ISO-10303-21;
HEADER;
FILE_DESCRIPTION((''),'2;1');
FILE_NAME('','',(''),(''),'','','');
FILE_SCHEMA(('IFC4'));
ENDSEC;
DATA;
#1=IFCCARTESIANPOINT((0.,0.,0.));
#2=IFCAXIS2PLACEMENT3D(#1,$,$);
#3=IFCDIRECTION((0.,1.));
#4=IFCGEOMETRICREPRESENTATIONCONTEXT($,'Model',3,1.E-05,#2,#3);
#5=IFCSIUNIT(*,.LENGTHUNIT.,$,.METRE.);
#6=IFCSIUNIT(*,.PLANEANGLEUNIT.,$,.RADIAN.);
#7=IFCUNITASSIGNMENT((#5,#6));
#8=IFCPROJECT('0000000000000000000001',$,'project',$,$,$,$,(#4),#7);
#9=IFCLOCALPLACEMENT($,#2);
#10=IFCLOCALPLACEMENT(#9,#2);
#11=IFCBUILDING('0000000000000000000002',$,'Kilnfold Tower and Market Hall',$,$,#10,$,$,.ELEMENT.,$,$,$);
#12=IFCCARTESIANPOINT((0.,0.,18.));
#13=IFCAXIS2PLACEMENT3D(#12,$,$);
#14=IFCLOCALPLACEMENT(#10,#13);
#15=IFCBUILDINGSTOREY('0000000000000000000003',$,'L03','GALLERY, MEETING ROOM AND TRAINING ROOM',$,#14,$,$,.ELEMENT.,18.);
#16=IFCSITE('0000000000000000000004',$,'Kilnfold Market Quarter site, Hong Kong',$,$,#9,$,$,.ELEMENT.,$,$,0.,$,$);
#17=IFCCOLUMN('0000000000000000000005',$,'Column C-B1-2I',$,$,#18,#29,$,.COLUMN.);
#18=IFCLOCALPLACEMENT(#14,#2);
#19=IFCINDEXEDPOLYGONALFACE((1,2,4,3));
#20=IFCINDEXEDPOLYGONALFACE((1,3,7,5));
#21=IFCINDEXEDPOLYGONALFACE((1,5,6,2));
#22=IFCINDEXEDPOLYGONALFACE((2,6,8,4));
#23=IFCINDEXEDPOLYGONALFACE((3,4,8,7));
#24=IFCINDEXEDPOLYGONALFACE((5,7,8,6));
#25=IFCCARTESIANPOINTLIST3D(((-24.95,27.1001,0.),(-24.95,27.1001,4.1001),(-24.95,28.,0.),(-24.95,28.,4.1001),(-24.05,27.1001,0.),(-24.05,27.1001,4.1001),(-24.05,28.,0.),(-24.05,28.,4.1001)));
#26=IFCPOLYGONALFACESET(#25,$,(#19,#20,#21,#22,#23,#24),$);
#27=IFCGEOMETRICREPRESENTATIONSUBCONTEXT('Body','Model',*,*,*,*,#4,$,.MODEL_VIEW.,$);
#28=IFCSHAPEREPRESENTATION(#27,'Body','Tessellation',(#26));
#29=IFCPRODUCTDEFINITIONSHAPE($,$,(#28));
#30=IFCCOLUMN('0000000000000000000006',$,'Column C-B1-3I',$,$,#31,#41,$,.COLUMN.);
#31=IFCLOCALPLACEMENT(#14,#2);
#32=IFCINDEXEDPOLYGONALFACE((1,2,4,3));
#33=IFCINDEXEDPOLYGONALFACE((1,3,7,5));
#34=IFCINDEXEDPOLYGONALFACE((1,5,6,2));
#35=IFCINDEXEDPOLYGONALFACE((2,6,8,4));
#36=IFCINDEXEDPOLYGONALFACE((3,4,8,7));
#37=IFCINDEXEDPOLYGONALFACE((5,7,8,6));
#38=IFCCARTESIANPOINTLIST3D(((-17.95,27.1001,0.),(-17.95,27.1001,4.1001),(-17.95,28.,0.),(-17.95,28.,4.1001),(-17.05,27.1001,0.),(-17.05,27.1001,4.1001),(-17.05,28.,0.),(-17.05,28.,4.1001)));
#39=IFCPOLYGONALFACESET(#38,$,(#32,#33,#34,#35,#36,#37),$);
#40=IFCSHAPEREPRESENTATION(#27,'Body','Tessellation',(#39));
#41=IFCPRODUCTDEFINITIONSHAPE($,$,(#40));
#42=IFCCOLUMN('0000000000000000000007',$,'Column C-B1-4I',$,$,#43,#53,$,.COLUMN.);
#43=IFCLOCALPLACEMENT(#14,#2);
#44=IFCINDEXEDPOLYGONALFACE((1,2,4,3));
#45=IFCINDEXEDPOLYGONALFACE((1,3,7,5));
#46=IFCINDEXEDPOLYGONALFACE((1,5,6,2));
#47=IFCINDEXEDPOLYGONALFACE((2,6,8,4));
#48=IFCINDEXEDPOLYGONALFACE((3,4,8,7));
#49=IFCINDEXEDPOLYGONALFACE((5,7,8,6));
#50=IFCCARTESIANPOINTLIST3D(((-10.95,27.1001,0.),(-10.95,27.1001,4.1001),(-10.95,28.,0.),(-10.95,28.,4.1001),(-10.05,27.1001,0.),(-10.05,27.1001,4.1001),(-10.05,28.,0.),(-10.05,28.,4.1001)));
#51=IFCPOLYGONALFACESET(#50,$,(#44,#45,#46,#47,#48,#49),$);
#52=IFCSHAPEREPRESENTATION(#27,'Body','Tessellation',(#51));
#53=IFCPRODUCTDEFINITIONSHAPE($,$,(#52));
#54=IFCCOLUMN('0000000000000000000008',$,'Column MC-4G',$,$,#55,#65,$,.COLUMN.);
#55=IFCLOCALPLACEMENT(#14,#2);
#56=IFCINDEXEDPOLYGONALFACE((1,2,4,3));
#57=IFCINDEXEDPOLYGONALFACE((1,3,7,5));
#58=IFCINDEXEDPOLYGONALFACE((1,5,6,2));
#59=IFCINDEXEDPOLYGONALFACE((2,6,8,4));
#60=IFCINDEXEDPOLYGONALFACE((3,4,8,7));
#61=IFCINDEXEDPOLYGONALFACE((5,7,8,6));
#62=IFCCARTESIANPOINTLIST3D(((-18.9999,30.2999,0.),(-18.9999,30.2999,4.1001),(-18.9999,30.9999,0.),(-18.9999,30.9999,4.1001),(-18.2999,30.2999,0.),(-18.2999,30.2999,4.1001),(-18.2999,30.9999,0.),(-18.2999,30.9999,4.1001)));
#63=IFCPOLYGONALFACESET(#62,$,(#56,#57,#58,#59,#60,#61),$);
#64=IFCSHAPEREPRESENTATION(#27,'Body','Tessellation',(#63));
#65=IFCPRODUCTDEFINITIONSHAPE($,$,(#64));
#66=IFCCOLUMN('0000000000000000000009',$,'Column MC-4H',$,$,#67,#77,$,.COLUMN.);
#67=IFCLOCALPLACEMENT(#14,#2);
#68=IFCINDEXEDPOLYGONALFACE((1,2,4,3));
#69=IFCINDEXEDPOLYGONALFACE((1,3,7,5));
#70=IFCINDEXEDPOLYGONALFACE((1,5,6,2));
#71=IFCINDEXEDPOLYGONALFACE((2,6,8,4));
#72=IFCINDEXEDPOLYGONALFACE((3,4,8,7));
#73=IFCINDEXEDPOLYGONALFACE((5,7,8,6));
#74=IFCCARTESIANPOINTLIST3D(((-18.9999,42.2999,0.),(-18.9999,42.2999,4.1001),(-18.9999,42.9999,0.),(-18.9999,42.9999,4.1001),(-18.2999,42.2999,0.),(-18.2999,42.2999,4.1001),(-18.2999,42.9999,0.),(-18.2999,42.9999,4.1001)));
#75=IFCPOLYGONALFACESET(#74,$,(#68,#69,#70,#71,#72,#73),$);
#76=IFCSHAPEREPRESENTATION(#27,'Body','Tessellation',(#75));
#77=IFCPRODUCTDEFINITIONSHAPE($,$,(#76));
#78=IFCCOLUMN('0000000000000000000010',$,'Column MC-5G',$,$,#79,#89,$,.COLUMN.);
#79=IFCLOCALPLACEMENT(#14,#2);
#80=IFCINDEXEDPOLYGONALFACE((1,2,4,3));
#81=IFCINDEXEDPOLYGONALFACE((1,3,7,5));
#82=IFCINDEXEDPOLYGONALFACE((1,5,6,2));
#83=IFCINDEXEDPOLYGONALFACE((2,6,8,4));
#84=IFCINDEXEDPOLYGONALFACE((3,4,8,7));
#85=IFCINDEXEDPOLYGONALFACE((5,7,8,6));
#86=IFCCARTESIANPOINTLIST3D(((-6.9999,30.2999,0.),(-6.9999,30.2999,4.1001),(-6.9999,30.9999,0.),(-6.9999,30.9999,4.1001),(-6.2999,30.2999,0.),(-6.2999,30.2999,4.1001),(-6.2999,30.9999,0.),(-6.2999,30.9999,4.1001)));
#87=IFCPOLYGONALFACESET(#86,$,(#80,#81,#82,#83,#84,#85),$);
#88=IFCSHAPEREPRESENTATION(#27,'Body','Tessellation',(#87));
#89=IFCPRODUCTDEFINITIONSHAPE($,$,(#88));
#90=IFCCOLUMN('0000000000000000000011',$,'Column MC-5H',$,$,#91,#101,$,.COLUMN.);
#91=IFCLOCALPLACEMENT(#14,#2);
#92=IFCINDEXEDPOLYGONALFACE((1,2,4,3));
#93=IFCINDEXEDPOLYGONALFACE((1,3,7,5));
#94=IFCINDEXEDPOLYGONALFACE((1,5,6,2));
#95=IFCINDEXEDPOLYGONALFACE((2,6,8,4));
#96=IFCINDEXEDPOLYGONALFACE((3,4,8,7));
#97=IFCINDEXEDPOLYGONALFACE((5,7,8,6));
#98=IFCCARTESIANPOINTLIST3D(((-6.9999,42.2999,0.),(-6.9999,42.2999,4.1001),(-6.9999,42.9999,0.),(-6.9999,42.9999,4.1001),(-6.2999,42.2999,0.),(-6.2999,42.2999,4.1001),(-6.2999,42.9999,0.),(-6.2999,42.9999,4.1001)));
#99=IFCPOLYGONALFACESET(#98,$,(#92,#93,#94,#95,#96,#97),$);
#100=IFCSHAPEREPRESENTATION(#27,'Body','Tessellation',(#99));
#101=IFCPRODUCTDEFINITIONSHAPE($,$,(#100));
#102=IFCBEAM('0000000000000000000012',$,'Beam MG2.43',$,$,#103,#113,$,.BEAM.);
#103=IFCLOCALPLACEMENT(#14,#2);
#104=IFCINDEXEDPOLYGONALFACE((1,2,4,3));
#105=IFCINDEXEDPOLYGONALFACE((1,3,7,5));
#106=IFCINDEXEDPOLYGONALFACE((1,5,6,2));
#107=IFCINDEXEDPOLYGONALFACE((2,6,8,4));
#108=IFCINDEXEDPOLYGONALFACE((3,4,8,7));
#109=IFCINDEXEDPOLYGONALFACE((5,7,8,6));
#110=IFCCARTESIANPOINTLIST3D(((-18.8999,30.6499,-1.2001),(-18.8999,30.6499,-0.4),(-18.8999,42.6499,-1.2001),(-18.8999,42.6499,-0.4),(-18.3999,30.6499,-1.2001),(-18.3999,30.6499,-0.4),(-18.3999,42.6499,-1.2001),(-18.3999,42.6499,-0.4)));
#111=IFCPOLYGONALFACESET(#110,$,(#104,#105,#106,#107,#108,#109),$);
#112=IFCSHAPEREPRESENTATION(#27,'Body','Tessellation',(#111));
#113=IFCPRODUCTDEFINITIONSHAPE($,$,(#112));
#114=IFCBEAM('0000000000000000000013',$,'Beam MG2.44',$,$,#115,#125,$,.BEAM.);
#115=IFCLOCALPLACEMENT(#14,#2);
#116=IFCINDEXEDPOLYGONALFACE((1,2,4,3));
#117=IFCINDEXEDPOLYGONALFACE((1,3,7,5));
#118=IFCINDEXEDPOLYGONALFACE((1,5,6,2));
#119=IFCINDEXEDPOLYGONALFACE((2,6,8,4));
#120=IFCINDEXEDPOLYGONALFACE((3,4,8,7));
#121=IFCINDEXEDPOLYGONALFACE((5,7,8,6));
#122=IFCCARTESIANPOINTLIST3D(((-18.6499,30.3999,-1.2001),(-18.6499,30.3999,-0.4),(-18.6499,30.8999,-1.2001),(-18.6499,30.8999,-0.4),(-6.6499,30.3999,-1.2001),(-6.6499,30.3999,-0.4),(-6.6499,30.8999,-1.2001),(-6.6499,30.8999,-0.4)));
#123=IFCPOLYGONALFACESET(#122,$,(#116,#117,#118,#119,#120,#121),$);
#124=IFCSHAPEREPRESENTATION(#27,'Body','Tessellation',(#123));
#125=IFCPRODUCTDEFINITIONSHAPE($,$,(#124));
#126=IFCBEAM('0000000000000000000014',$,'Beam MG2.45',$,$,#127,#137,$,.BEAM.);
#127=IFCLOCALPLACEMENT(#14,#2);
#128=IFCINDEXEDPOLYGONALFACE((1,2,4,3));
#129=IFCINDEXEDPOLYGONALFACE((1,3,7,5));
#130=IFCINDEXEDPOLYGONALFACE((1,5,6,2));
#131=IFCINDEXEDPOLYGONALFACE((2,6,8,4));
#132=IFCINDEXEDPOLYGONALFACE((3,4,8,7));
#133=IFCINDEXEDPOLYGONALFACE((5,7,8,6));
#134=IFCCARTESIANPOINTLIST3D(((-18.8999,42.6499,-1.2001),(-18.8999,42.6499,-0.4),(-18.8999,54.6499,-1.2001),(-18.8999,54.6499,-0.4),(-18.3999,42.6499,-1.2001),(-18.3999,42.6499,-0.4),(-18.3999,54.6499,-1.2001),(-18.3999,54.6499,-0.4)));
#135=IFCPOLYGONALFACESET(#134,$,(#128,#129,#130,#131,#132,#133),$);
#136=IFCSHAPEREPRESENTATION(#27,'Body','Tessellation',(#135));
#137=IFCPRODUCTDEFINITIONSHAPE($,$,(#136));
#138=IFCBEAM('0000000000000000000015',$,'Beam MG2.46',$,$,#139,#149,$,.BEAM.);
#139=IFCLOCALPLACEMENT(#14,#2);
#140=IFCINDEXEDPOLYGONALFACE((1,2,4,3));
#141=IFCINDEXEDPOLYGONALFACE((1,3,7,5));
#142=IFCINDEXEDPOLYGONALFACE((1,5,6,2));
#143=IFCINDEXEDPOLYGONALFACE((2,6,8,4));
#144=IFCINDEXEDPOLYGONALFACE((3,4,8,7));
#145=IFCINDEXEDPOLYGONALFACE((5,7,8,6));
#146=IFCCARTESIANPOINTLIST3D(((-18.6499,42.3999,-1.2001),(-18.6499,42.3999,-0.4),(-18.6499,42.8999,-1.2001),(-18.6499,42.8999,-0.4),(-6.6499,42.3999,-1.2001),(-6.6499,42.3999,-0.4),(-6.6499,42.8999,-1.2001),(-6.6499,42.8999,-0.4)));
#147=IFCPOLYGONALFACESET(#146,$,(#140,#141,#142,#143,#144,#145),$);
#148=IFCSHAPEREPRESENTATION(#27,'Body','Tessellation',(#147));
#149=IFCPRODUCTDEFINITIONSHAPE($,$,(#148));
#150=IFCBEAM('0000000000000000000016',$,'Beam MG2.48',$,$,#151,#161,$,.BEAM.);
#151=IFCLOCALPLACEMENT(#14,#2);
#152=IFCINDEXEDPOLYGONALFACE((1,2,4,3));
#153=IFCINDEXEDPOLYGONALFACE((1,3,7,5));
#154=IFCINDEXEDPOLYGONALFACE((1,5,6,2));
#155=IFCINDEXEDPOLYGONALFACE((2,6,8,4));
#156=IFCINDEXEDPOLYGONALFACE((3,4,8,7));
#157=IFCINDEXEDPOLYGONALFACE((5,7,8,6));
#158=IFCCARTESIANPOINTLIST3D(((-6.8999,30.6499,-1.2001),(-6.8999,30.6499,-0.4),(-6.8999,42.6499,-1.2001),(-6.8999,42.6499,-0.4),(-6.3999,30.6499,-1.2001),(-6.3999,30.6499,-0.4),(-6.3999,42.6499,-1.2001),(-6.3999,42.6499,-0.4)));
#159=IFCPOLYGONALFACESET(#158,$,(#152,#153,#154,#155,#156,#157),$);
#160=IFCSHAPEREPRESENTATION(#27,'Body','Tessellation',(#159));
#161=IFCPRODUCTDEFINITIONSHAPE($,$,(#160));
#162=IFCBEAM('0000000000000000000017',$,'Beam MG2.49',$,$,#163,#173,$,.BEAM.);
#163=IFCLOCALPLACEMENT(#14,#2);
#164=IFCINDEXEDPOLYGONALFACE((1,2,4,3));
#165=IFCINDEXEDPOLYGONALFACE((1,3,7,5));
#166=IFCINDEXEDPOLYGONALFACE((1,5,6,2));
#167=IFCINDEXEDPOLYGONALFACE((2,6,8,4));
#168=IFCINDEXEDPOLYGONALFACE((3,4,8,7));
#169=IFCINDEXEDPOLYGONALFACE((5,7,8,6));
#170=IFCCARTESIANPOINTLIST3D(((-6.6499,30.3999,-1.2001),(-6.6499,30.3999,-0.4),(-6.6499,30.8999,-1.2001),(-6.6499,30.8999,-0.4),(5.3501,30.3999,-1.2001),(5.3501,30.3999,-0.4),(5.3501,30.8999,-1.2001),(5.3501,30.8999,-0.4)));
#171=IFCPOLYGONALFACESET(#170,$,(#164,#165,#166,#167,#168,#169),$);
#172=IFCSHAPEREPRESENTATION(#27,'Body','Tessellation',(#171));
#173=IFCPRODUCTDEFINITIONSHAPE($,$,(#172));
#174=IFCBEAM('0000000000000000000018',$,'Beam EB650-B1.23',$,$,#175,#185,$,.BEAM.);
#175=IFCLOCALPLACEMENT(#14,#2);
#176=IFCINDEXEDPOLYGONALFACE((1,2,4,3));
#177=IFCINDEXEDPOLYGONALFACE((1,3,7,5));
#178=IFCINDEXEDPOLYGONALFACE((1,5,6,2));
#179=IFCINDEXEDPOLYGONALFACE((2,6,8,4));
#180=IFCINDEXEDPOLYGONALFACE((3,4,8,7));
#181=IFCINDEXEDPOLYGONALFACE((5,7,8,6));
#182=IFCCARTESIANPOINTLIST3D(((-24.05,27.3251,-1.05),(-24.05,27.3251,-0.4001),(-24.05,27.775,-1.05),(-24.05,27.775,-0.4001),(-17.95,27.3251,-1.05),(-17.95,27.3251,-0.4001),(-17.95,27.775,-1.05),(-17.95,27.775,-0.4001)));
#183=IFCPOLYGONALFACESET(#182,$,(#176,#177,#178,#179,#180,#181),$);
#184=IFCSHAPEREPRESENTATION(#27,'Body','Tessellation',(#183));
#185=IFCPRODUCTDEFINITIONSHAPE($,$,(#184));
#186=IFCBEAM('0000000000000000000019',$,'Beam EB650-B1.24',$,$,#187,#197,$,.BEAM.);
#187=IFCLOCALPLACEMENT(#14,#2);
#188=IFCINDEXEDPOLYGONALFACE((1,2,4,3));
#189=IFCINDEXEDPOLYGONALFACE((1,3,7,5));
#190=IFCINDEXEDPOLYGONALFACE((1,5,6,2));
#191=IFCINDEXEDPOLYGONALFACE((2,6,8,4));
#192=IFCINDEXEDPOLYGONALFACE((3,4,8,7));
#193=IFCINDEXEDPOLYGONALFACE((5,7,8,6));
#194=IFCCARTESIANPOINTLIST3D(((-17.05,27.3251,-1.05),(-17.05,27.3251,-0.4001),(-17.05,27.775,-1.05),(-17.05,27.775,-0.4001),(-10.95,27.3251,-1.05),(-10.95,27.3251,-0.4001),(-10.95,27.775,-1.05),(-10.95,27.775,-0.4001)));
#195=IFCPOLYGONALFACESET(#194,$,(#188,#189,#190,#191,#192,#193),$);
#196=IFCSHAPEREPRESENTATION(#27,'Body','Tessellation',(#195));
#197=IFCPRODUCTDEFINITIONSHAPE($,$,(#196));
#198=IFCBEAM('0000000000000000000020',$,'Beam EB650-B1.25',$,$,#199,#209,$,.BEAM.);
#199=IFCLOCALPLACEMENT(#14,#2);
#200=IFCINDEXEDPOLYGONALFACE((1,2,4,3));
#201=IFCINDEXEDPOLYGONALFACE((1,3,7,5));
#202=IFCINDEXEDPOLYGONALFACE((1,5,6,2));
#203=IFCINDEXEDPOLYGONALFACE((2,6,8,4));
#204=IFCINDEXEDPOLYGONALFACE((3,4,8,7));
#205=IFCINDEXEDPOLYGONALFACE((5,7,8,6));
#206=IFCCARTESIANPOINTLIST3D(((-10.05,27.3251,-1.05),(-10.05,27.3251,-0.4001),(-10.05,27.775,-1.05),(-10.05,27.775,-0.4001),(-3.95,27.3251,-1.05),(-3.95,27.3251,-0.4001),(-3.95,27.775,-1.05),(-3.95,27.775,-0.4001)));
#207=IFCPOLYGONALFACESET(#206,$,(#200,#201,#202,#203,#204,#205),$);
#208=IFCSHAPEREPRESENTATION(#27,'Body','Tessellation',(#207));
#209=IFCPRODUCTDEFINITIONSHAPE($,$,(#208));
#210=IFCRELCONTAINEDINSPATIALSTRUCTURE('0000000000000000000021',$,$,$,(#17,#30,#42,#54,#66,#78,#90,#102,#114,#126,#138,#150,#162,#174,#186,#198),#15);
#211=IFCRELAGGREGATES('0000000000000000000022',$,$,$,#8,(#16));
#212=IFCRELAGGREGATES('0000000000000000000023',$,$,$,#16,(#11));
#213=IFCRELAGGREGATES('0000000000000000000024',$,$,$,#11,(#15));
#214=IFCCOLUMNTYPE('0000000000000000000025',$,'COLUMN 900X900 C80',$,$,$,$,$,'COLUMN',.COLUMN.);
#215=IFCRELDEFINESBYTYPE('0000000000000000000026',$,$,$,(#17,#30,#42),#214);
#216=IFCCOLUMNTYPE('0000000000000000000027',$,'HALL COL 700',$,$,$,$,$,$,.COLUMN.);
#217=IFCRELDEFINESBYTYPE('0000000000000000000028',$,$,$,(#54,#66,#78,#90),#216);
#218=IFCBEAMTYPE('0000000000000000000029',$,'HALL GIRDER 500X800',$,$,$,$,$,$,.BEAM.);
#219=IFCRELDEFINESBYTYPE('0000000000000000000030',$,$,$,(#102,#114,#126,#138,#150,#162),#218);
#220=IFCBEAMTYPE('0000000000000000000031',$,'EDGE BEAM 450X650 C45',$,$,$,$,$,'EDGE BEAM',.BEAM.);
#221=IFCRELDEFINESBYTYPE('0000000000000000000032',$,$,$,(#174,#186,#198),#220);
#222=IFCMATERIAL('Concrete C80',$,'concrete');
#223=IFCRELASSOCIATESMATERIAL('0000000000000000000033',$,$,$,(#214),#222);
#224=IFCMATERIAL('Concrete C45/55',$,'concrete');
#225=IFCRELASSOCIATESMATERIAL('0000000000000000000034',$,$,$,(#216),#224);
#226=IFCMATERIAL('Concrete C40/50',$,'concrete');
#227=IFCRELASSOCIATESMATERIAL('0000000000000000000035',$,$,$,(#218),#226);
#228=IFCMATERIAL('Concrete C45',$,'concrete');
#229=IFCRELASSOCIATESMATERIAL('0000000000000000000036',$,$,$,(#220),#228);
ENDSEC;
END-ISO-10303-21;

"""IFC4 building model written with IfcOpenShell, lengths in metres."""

from ifc_helpers import new_model, si_unit, direction, frame, origin, origin_2d, place, context, subcontext, project, spatial, rectangle, extrude, source, transform, mapped, material, material_profile, profile_set, type_object, element, save


model = new_model("IFC4")

# Units and contexts
model_context = context("Model", 3, precision=1e-05, world=origin(), true_north=direction((0.0, 1.0)))
body_context = subcontext(model_context, "Body", "Model", "MODEL_VIEW")
ifc_project = project(units=[si_unit("LENGTHUNIT", "METRE"), si_unit("PLANEANGLEUNIT", "RADIAN")], contexts=[model_context])

# Site, building, storey
site_placement = place(None, origin())
site = spatial("IfcSite", under=ifc_project, at=site_placement, Name="Kilnfold Market Quarter site, Hong Kong", CompositionType="ELEMENT", RefElevation=0.0)
building_placement = place(site_placement, origin())
building = spatial("IfcBuilding", under=site, at=building_placement, Name="Kilnfold Tower and Market Hall", CompositionType="ELEMENT")
storey_placement = place(building_placement, frame((0.0, 0.0, 18.0)))
storey = spatial("IfcBuildingStorey", under=building, at=storey_placement, Name="L03", Description="GALLERY, MEETING ROOM AND TRAINING ROOM", CompositionType="ELEMENT", Elevation=18.0)

# Columns
ifc_material_1 = material(Name="Concrete C80", Category="concrete")
ifc_material_profile_1 = material_profile(ifc_material_1, rectangle(XDim=0.8999, YDim=0.8999, at=origin_2d()), Name="RC 900x900")
ifc_profile_set_1 = profile_set([ifc_material_profile_1], Name="Concrete C80")
column_type_1 = type_object("IfcColumnType", Name="COLUMN 900X900 C80", ElementType="COLUMN", PredefinedType="COLUMN", material=ifc_profile_set_1)
shared_shape_1 = source(origin(), body_context, "Body", "SweptSolid", [
    extrude(rectangle(XDim=0.8999, YDim=0.8999, at=origin_2d()), origin(), (0.0, 0.0, 1.0), 4.1001),
])
for number, where, z_axis, x_axis, name in (
    (1, (-24.5, 27.55, 0.0), (0.0, 0.0, 1.0), (1.0, 0.0, 0.0), "Column C-B1-2I"),
    (2, (-17.5, 27.55, 0.0), (0.0, 0.0, 1.0), (1.0, 0.0, 0.0), "Column C-B1-3I"),
    (3, (-10.5, 27.55, 0.0), (0.0, 0.0, 1.0), (1.0, 0.0, 0.0), "Column C-B1-4I"),
):
    element("IfcColumn", number, at=place(storey_placement, frame(where, z_axis=z_axis, x_axis=x_axis)), inside=storey, type_object=column_type_1, Name=name, PredefinedType="COLUMN", context=body_context, shape_type="MappedRepresentation", body=[
        mapped(shared_shape_1, transform((0.0, 0.0, 0.0))),
    ])
ifc_material_2 = material(Name="Concrete C45/55", Category="concrete")
ifc_material_profile_2 = material_profile(ifc_material_2, rectangle(XDim=0.7, YDim=0.7, at=origin_2d()), Name="RC 700x700")
ifc_profile_set_2 = profile_set([ifc_material_profile_2], Name="Concrete C45/55")
column_type_2 = type_object("IfcColumnType", Name="HALL COL 700", PredefinedType="COLUMN", material=ifc_profile_set_2)
shared_shape_2 = source(origin(), body_context, "Body", "SweptSolid", [
    extrude(rectangle(XDim=0.7, YDim=0.7, at=origin_2d()), origin(), (0.0, 0.0, 1.0), 4.1001),
])
for number, where, z_axis, x_axis, name in (
    (4, (-18.6499, 30.6499, 0.0), (0.0, 0.0, 1.0), (1.0, 0.0, 0.0), "Column MC-4G"),
    (5, (-18.6499, 42.6499, 0.0), (0.0, 0.0, 1.0), (1.0, 0.0, 0.0), "Column MC-4H"),
    (6, (-6.6499, 30.6499, 0.0), (0.0, 0.0, 1.0), (1.0, 0.0, 0.0), "Column MC-5G"),
    (7, (-6.6499, 42.6499, 0.0), (0.0, 0.0, 1.0), (1.0, 0.0, 0.0), "Column MC-5H"),
):
    element("IfcColumn", number, at=place(storey_placement, frame(where, z_axis=z_axis, x_axis=x_axis)), inside=storey, type_object=column_type_2, Name=name, PredefinedType="COLUMN", context=body_context, shape_type="MappedRepresentation", body=[
        mapped(shared_shape_2, transform((0.0, 0.0, 0.0))),
    ])

# Beams
ifc_material_3 = material(Name="Concrete C40/50", Category="concrete")
ifc_material_profile_3 = material_profile(ifc_material_3, rectangle(XDim=0.5, YDim=0.8, at=origin_2d()), Name="RC 500x800")
ifc_profile_set_3 = profile_set([ifc_material_profile_3], Name="Concrete C40/50")
beam_type_1 = type_object("IfcBeamType", Name="HALL GIRDER 500X800", PredefinedType="BEAM", material=ifc_profile_set_3)
for number, where, z_axis, x_axis, name in (
    (8, (-18.6499, 30.6499, -0.8), (0.0, 1.0, 0.0), (-1.0, 0.0, 0.0), "Beam MG2.43"),
    (9, (-18.6499, 30.6499, -0.8), (1.0, 0.0, 0.0), (0.0, 1.0, 0.0), "Beam MG2.44"),
    (10, (-18.6499, 42.6499, -0.8), (0.0, 1.0, 0.0), (-1.0, 0.0, 0.0), "Beam MG2.45"),
    (11, (-18.6499, 42.6499, -0.8), (1.0, 0.0, 0.0), (0.0, 1.0, 0.0), "Beam MG2.46"),
    (12, (-6.6499, 30.6499, -0.8), (0.0, 1.0, 0.0), (-1.0, 0.0, 0.0), "Beam MG2.48"),
    (13, (-6.6499, 30.6499, -0.8), (1.0, 0.0, 0.0), (0.0, 1.0, 0.0), "Beam MG2.49"),
):
    element("IfcBeam", number, at=place(storey_placement, frame(where, z_axis=z_axis, x_axis=x_axis)), inside=storey, type_object=beam_type_1, Name=name, PredefinedType="BEAM", context=body_context, shape_type="SweptSolid", body=[
        extrude(rectangle(XDim=0.5, YDim=0.8, at=origin_2d()), origin(), (0.0, 0.0, 1.0), 12.0),
    ])
ifc_material_4 = material(Name="Concrete C45", Category="concrete")
ifc_material_profile_4 = material_profile(ifc_material_4, rectangle(XDim=0.45, YDim=0.6499, at=origin_2d()), Name="RC 450x650")
ifc_profile_set_4 = profile_set([ifc_material_profile_4], Name="Concrete C45")
beam_type_2 = type_object("IfcBeamType", Name="EDGE BEAM 450X650 C45", ElementType="EDGE BEAM", PredefinedType="BEAM", material=ifc_profile_set_4)
shared_shape_3 = source(origin(), body_context, "Body", "SweptSolid", [
    extrude(rectangle(XDim=0.45, YDim=0.6499, at=origin_2d()), origin(), (0.0, 0.0, 1.0), 6.1001),
])
for number, where, z_axis, x_axis, name in (
    (14, (-24.05, 27.55, -0.7251), (1.0, 0.0, 0.0), (0.0, 1.0, 0.0), "Beam EB650-B1.23"),
    (15, (-17.05, 27.55, -0.7251), (1.0, 0.0, 0.0), (0.0, 1.0, 0.0), "Beam EB650-B1.24"),
    (16, (-10.05, 27.55, -0.7251), (1.0, 0.0, 0.0), (0.0, 1.0, 0.0), "Beam EB650-B1.25"),
):
    element("IfcBeam", number, at=place(storey_placement, frame(where, z_axis=z_axis, x_axis=x_axis)), inside=storey, type_object=beam_type_2, Name=name, PredefinedType="BEAM", context=body_context, shape_type="MappedRepresentation", body=[
        mapped(shared_shape_3, transform((0.0, 0.0, 0.0))),
    ])

save(model, "model.ifc")
